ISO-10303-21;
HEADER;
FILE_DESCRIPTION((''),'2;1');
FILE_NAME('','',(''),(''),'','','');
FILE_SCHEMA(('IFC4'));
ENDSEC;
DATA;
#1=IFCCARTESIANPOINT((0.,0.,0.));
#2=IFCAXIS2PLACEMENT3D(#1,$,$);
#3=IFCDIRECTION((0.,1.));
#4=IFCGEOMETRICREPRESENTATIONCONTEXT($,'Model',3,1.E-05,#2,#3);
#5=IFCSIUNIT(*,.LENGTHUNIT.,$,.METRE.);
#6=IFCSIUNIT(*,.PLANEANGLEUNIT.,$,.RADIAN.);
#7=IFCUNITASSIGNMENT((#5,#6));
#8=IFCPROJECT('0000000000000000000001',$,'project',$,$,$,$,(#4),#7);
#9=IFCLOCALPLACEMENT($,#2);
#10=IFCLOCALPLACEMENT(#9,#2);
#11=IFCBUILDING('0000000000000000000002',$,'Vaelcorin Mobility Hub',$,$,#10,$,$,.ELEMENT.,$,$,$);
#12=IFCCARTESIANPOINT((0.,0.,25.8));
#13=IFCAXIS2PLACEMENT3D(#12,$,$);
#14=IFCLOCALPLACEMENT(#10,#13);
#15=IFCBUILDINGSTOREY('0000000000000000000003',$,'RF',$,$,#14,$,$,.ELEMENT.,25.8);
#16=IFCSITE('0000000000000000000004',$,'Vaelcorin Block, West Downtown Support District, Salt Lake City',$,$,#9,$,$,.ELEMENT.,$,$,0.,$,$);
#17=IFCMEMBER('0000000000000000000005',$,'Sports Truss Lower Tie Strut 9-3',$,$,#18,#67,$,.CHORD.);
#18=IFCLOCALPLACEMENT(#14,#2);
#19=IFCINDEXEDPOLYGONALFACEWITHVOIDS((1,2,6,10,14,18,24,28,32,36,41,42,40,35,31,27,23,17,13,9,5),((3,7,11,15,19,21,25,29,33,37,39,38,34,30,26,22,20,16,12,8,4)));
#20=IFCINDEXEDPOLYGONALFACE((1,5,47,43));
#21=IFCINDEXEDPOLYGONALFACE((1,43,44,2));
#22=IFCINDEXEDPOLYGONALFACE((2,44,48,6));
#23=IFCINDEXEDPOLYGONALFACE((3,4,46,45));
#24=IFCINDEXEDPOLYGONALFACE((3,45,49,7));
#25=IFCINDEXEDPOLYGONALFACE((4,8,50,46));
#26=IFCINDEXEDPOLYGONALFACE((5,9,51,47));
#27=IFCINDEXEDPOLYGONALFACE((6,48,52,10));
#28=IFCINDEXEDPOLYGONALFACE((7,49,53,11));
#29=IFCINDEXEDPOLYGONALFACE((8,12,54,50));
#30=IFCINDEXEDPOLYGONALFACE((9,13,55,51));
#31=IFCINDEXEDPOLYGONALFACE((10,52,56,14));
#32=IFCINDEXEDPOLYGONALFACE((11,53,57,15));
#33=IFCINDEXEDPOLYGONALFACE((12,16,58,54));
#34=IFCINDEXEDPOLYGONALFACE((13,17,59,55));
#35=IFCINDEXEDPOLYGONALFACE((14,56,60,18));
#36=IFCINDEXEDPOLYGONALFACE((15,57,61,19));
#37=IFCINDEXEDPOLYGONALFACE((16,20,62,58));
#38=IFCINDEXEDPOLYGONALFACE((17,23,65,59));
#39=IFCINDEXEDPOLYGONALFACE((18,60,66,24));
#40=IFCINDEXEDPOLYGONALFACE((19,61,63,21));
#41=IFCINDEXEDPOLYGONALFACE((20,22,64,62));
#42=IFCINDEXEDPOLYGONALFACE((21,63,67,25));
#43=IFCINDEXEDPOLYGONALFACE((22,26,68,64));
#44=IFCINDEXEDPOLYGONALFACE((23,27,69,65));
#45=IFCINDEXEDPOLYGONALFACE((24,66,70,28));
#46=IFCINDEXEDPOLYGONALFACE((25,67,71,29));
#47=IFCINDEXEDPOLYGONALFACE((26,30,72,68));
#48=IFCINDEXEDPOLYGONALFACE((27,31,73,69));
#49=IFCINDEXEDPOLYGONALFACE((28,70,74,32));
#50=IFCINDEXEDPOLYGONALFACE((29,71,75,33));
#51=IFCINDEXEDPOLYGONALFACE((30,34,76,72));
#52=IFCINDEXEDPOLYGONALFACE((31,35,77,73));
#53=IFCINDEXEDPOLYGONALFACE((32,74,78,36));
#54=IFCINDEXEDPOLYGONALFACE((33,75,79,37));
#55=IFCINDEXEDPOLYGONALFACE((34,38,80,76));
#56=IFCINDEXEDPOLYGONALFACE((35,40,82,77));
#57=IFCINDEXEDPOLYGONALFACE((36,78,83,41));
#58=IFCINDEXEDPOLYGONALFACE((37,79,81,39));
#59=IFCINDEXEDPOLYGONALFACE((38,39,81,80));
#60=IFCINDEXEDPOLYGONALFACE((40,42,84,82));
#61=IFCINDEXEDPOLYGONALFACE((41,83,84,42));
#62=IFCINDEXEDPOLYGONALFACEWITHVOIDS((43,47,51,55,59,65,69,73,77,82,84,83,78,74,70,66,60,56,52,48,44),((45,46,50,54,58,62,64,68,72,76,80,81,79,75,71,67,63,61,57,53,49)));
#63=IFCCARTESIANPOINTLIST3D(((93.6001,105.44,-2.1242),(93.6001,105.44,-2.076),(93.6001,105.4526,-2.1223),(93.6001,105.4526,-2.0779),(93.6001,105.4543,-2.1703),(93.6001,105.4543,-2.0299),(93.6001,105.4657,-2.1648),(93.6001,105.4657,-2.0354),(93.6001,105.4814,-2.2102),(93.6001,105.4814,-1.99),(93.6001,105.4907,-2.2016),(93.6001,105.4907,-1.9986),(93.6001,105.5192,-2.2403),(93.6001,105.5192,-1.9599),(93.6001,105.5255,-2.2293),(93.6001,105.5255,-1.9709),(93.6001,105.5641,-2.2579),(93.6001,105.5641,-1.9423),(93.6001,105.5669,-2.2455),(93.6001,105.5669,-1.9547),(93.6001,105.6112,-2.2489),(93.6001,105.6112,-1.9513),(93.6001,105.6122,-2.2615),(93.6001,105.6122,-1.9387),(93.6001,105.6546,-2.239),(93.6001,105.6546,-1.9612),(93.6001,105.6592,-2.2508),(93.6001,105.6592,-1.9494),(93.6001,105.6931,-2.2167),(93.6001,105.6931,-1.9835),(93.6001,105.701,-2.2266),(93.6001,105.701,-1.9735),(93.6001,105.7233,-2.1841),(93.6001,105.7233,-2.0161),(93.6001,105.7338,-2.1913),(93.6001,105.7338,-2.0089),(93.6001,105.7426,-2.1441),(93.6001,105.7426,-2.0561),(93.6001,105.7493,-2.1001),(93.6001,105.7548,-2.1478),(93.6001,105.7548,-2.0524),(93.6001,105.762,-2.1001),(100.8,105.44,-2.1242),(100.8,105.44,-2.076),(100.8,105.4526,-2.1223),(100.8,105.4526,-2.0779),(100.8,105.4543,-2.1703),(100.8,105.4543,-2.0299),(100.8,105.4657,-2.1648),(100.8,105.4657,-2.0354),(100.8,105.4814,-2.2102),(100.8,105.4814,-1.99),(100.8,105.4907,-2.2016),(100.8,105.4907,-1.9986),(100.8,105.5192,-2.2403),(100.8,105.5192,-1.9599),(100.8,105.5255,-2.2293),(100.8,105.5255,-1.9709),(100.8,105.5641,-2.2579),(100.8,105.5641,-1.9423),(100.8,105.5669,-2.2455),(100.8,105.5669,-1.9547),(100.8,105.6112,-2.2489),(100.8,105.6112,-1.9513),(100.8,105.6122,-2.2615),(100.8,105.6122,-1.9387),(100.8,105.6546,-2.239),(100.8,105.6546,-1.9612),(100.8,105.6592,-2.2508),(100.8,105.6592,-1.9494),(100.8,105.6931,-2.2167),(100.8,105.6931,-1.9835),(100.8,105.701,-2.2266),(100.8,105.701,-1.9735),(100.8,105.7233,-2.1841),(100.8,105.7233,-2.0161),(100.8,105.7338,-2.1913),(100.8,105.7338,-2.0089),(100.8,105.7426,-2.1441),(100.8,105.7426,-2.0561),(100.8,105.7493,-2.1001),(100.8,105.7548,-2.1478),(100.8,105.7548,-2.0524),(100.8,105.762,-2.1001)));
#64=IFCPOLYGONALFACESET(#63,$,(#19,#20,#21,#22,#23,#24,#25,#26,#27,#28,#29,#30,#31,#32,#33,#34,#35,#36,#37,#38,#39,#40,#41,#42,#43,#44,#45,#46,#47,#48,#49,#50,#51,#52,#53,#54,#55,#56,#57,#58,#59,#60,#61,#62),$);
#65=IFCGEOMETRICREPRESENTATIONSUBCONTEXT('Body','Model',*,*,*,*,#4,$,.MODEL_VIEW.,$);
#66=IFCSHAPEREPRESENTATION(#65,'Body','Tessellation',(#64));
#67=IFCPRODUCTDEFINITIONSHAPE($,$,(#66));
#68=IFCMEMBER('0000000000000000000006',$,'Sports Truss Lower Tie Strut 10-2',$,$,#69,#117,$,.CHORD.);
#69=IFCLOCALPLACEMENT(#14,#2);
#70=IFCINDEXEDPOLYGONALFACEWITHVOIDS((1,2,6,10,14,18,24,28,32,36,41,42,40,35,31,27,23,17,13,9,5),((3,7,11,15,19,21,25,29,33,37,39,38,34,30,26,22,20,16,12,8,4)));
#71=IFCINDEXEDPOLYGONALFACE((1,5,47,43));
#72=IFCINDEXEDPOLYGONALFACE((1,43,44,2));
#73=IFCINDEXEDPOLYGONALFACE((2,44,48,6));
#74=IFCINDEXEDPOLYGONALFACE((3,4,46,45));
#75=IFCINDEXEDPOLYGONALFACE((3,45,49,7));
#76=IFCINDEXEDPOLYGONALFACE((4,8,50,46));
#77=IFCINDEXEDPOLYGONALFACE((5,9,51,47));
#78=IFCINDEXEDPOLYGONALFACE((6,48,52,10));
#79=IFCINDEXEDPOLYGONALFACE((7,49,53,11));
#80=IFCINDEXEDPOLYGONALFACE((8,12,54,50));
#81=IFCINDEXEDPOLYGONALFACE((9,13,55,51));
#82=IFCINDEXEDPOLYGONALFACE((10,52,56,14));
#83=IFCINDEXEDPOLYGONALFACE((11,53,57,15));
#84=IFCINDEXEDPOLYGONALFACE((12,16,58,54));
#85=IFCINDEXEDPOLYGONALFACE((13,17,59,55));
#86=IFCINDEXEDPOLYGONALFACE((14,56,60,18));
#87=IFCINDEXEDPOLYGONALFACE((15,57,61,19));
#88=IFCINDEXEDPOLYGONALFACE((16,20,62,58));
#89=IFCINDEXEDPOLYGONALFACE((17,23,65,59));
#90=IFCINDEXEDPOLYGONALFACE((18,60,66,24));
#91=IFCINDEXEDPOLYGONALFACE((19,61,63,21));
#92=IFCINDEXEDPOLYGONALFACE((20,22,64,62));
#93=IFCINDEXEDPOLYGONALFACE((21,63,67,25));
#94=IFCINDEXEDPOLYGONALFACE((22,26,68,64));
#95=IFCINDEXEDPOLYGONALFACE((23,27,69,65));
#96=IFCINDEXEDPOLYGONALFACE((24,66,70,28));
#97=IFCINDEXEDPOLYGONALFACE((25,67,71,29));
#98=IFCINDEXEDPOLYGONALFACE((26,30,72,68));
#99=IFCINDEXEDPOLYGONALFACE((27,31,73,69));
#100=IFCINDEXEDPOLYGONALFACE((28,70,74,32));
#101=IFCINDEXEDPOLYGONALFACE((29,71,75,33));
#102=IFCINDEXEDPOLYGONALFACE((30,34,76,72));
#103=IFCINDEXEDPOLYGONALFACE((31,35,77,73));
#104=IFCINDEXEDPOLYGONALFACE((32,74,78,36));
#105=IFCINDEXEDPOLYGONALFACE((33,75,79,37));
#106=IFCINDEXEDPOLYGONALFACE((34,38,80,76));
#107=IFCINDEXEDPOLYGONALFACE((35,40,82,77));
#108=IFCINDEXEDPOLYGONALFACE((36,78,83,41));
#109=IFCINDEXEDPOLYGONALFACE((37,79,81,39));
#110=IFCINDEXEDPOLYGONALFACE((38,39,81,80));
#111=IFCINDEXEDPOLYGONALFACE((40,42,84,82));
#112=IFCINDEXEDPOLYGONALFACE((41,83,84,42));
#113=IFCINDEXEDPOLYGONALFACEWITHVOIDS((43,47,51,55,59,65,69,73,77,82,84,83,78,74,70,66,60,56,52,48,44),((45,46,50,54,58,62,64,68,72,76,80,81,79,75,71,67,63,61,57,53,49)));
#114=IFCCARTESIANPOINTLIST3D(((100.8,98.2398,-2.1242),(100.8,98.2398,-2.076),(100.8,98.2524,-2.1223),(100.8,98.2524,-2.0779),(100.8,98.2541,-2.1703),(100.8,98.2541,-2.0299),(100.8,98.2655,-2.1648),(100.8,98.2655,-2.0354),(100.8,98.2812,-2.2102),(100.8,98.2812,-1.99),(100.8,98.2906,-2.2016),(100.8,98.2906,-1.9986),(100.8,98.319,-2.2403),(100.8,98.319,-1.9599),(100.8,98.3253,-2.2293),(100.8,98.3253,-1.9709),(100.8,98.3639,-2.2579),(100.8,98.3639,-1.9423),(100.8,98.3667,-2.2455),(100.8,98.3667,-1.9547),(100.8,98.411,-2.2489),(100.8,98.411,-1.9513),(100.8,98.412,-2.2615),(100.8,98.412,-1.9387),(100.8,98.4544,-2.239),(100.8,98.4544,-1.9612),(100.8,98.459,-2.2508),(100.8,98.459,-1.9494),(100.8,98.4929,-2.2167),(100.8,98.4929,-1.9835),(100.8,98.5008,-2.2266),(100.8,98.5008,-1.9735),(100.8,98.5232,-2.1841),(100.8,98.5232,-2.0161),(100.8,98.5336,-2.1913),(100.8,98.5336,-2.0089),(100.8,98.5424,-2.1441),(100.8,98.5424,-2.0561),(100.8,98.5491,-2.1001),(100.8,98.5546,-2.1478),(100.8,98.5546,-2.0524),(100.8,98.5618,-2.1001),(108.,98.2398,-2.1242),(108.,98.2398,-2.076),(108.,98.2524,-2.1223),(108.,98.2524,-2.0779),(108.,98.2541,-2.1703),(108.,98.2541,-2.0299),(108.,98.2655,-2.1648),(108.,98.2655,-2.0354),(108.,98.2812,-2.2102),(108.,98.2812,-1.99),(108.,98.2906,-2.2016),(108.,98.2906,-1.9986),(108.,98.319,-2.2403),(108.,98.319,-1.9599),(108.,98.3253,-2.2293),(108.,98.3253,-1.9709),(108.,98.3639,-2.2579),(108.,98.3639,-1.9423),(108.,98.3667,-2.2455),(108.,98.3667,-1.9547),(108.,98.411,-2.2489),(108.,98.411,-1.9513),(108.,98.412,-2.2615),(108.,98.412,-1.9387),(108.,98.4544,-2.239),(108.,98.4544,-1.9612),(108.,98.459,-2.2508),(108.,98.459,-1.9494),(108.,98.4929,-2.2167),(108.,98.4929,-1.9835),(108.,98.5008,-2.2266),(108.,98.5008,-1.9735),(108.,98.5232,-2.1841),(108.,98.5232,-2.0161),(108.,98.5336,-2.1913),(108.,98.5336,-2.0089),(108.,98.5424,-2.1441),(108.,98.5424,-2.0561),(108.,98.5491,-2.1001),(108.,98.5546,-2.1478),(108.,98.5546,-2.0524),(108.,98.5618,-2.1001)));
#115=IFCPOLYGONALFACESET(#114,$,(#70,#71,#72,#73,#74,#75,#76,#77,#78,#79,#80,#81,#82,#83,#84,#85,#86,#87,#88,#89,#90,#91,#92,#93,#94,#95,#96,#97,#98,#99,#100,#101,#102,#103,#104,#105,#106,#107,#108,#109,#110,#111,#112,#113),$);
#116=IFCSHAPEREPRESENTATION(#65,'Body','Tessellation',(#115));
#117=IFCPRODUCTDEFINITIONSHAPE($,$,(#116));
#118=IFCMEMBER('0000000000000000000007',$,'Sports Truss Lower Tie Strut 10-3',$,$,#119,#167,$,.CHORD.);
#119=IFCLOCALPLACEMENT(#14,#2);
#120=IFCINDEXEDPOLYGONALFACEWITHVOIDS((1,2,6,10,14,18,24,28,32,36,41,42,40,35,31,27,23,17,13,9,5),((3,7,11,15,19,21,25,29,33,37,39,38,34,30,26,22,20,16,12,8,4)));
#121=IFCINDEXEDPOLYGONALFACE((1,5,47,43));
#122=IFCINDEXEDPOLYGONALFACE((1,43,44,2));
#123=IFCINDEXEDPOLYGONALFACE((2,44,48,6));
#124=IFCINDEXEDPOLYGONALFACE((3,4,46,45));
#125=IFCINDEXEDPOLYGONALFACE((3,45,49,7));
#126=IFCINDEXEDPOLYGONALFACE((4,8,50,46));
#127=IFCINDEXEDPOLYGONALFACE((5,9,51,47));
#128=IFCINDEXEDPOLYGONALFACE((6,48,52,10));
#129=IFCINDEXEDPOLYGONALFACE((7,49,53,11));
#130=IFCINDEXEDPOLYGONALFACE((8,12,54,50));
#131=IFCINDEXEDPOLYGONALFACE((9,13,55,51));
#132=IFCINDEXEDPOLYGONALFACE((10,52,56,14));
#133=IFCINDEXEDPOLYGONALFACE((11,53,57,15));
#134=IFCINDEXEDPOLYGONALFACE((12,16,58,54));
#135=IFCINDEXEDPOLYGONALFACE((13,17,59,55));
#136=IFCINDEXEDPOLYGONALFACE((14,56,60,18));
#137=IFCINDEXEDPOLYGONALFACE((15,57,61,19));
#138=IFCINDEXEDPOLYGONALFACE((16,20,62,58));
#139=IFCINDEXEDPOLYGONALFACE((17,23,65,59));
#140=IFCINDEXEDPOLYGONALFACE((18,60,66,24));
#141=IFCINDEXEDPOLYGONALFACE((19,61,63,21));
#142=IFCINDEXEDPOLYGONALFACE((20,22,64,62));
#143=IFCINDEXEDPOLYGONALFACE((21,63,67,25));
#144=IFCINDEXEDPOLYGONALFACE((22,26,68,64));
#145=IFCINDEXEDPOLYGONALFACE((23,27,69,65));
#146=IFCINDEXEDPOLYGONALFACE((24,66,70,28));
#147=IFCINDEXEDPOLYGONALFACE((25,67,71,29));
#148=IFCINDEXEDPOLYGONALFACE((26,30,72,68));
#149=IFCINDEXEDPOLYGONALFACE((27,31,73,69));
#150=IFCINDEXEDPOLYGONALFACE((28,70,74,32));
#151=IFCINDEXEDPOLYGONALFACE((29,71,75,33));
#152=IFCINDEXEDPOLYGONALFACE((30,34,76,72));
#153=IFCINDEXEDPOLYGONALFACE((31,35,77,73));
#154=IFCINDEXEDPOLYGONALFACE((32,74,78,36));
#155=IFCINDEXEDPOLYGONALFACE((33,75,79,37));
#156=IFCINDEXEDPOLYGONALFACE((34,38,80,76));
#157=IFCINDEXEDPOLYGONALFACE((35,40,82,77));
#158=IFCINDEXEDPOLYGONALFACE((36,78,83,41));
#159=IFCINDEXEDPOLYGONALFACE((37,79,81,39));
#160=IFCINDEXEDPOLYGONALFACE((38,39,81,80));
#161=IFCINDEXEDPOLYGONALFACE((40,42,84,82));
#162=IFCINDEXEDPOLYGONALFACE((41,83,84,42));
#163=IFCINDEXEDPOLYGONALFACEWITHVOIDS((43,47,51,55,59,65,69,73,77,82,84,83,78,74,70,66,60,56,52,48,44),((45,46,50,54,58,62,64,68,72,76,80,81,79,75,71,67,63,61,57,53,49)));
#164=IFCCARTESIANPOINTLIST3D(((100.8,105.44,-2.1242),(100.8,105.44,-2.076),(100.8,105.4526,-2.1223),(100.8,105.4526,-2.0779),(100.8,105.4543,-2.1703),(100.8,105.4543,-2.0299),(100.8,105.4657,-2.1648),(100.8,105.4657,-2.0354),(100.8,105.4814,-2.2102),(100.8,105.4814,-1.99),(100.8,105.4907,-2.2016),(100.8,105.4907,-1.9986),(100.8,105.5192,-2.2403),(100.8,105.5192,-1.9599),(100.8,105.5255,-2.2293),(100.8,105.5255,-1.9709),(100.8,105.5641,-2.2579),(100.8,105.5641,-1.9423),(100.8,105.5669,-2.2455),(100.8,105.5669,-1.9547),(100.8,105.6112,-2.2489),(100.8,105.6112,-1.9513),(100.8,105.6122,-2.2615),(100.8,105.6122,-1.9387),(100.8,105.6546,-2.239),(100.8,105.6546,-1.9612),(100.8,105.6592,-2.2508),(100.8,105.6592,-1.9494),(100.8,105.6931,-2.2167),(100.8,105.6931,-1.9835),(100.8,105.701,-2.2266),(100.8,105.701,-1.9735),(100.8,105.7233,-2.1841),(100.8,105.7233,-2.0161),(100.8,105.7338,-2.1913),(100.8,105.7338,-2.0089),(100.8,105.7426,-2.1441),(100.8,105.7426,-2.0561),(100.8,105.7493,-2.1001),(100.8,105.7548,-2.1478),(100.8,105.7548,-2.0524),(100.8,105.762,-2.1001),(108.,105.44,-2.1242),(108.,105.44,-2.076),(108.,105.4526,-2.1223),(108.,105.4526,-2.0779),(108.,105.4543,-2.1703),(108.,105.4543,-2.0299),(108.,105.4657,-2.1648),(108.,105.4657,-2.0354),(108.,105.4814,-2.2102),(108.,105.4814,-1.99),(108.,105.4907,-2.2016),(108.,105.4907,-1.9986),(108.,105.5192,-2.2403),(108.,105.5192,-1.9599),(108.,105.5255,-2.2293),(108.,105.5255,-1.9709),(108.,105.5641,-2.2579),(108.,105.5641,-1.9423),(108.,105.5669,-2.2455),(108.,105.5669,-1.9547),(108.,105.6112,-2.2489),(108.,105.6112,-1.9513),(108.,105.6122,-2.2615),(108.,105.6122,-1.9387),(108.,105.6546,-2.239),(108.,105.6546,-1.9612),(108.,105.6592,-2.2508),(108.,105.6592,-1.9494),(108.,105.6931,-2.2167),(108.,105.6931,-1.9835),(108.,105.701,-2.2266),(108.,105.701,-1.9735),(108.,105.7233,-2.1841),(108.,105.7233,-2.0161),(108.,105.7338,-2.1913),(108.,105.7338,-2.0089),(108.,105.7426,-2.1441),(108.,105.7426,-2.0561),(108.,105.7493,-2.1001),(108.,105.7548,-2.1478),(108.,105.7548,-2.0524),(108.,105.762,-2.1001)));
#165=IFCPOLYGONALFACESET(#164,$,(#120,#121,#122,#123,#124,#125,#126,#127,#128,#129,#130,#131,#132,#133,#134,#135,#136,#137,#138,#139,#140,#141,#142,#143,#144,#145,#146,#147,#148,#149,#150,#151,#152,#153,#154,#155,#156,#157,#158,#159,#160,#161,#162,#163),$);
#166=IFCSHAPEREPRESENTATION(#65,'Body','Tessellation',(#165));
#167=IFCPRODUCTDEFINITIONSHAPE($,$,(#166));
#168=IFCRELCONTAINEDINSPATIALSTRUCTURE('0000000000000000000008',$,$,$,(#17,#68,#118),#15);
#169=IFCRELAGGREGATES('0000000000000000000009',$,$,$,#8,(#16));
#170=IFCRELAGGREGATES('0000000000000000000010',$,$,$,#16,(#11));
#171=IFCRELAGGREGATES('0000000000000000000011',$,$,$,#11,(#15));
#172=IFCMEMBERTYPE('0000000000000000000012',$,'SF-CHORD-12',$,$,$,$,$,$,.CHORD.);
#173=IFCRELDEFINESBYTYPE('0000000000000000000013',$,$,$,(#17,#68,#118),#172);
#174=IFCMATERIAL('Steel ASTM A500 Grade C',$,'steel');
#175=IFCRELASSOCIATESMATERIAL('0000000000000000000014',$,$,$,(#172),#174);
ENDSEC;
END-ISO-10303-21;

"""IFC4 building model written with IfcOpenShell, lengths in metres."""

from ifc_helpers import new_model, si_unit, direction, frame, origin, origin_2d, place, context, subcontext, project, spatial, hollow_circle, extrude, material, material_profile, profile_set, type_object, element, save


model = new_model("IFC4")

# Units and contexts
model_context = context("Model", 3, precision=1e-05, world=origin(), true_north=direction((0.0, 1.0)))
body_context = subcontext(model_context, "Body", "Model", "MODEL_VIEW")
ifc_project = project(units=[si_unit("LENGTHUNIT", "METRE"), si_unit("PLANEANGLEUNIT", "RADIAN")], contexts=[model_context])

# Site, building, storey
site_placement = place(None, origin())
site = spatial("IfcSite", under=ifc_project, at=site_placement, Name="Vaelcorin Block, West Downtown Support District, Salt Lake City", CompositionType="ELEMENT", RefElevation=0.0)
building_placement = place(site_placement, origin())
building = spatial("IfcBuilding", under=site, at=building_placement, Name="Vaelcorin Mobility Hub", CompositionType="ELEMENT")
storey_placement = place(building_placement, frame((0.0, 0.0, 25.8)))
storey = spatial("IfcBuildingStorey", under=building, at=storey_placement, Name="RF", CompositionType="ELEMENT", Elevation=25.8)

# Members
ifc_material_1 = material(Name="Steel ASTM A500 Grade C", Category="steel")
ifc_material_profile_1 = material_profile(ifc_material_1, hollow_circle(Radius=0.1619, WallThickness=0.0127, at=origin_2d()), Name="HSS12.750X0.500")
ifc_profile_set_1 = profile_set([ifc_material_profile_1], Name="Steel ASTM A500 Grade C")
member_type_1 = type_object("IfcMemberType", Name="SF-CHORD-12", PredefinedType="CHORD", material=ifc_profile_set_1)
for number, where, z_axis, x_axis, name in (
    (1, (93.6001, 105.6001, -2.1001), (1.0, 0.0, 0.0), (0.0, 1.0, 0.0), "Sports Truss Lower Tie Strut 9-3"),
    (2, (100.8, 98.3999, -2.1001), (1.0, 0.0, 0.0), (0.0, 1.0, 0.0), "Sports Truss Lower Tie Strut 10-2"),
    (3, (100.8, 105.6001, -2.1001), (1.0, 0.0, 0.0), (0.0, 1.0, 0.0), "Sports Truss Lower Tie Strut 10-3"),
):
    element("IfcMember", number, at=place(storey_placement, frame(where, z_axis=z_axis, x_axis=x_axis)), inside=storey, type_object=member_type_1, Name=name, PredefinedType="CHORD", context=body_context, shape_type="SweptSolid", body=[
        extrude(hollow_circle(Radius=0.1619, WallThickness=0.0127, at=origin_2d()), origin(), (0.0, 0.0, 1.0), 7.2),
    ])

save(model, "model.ifc")
